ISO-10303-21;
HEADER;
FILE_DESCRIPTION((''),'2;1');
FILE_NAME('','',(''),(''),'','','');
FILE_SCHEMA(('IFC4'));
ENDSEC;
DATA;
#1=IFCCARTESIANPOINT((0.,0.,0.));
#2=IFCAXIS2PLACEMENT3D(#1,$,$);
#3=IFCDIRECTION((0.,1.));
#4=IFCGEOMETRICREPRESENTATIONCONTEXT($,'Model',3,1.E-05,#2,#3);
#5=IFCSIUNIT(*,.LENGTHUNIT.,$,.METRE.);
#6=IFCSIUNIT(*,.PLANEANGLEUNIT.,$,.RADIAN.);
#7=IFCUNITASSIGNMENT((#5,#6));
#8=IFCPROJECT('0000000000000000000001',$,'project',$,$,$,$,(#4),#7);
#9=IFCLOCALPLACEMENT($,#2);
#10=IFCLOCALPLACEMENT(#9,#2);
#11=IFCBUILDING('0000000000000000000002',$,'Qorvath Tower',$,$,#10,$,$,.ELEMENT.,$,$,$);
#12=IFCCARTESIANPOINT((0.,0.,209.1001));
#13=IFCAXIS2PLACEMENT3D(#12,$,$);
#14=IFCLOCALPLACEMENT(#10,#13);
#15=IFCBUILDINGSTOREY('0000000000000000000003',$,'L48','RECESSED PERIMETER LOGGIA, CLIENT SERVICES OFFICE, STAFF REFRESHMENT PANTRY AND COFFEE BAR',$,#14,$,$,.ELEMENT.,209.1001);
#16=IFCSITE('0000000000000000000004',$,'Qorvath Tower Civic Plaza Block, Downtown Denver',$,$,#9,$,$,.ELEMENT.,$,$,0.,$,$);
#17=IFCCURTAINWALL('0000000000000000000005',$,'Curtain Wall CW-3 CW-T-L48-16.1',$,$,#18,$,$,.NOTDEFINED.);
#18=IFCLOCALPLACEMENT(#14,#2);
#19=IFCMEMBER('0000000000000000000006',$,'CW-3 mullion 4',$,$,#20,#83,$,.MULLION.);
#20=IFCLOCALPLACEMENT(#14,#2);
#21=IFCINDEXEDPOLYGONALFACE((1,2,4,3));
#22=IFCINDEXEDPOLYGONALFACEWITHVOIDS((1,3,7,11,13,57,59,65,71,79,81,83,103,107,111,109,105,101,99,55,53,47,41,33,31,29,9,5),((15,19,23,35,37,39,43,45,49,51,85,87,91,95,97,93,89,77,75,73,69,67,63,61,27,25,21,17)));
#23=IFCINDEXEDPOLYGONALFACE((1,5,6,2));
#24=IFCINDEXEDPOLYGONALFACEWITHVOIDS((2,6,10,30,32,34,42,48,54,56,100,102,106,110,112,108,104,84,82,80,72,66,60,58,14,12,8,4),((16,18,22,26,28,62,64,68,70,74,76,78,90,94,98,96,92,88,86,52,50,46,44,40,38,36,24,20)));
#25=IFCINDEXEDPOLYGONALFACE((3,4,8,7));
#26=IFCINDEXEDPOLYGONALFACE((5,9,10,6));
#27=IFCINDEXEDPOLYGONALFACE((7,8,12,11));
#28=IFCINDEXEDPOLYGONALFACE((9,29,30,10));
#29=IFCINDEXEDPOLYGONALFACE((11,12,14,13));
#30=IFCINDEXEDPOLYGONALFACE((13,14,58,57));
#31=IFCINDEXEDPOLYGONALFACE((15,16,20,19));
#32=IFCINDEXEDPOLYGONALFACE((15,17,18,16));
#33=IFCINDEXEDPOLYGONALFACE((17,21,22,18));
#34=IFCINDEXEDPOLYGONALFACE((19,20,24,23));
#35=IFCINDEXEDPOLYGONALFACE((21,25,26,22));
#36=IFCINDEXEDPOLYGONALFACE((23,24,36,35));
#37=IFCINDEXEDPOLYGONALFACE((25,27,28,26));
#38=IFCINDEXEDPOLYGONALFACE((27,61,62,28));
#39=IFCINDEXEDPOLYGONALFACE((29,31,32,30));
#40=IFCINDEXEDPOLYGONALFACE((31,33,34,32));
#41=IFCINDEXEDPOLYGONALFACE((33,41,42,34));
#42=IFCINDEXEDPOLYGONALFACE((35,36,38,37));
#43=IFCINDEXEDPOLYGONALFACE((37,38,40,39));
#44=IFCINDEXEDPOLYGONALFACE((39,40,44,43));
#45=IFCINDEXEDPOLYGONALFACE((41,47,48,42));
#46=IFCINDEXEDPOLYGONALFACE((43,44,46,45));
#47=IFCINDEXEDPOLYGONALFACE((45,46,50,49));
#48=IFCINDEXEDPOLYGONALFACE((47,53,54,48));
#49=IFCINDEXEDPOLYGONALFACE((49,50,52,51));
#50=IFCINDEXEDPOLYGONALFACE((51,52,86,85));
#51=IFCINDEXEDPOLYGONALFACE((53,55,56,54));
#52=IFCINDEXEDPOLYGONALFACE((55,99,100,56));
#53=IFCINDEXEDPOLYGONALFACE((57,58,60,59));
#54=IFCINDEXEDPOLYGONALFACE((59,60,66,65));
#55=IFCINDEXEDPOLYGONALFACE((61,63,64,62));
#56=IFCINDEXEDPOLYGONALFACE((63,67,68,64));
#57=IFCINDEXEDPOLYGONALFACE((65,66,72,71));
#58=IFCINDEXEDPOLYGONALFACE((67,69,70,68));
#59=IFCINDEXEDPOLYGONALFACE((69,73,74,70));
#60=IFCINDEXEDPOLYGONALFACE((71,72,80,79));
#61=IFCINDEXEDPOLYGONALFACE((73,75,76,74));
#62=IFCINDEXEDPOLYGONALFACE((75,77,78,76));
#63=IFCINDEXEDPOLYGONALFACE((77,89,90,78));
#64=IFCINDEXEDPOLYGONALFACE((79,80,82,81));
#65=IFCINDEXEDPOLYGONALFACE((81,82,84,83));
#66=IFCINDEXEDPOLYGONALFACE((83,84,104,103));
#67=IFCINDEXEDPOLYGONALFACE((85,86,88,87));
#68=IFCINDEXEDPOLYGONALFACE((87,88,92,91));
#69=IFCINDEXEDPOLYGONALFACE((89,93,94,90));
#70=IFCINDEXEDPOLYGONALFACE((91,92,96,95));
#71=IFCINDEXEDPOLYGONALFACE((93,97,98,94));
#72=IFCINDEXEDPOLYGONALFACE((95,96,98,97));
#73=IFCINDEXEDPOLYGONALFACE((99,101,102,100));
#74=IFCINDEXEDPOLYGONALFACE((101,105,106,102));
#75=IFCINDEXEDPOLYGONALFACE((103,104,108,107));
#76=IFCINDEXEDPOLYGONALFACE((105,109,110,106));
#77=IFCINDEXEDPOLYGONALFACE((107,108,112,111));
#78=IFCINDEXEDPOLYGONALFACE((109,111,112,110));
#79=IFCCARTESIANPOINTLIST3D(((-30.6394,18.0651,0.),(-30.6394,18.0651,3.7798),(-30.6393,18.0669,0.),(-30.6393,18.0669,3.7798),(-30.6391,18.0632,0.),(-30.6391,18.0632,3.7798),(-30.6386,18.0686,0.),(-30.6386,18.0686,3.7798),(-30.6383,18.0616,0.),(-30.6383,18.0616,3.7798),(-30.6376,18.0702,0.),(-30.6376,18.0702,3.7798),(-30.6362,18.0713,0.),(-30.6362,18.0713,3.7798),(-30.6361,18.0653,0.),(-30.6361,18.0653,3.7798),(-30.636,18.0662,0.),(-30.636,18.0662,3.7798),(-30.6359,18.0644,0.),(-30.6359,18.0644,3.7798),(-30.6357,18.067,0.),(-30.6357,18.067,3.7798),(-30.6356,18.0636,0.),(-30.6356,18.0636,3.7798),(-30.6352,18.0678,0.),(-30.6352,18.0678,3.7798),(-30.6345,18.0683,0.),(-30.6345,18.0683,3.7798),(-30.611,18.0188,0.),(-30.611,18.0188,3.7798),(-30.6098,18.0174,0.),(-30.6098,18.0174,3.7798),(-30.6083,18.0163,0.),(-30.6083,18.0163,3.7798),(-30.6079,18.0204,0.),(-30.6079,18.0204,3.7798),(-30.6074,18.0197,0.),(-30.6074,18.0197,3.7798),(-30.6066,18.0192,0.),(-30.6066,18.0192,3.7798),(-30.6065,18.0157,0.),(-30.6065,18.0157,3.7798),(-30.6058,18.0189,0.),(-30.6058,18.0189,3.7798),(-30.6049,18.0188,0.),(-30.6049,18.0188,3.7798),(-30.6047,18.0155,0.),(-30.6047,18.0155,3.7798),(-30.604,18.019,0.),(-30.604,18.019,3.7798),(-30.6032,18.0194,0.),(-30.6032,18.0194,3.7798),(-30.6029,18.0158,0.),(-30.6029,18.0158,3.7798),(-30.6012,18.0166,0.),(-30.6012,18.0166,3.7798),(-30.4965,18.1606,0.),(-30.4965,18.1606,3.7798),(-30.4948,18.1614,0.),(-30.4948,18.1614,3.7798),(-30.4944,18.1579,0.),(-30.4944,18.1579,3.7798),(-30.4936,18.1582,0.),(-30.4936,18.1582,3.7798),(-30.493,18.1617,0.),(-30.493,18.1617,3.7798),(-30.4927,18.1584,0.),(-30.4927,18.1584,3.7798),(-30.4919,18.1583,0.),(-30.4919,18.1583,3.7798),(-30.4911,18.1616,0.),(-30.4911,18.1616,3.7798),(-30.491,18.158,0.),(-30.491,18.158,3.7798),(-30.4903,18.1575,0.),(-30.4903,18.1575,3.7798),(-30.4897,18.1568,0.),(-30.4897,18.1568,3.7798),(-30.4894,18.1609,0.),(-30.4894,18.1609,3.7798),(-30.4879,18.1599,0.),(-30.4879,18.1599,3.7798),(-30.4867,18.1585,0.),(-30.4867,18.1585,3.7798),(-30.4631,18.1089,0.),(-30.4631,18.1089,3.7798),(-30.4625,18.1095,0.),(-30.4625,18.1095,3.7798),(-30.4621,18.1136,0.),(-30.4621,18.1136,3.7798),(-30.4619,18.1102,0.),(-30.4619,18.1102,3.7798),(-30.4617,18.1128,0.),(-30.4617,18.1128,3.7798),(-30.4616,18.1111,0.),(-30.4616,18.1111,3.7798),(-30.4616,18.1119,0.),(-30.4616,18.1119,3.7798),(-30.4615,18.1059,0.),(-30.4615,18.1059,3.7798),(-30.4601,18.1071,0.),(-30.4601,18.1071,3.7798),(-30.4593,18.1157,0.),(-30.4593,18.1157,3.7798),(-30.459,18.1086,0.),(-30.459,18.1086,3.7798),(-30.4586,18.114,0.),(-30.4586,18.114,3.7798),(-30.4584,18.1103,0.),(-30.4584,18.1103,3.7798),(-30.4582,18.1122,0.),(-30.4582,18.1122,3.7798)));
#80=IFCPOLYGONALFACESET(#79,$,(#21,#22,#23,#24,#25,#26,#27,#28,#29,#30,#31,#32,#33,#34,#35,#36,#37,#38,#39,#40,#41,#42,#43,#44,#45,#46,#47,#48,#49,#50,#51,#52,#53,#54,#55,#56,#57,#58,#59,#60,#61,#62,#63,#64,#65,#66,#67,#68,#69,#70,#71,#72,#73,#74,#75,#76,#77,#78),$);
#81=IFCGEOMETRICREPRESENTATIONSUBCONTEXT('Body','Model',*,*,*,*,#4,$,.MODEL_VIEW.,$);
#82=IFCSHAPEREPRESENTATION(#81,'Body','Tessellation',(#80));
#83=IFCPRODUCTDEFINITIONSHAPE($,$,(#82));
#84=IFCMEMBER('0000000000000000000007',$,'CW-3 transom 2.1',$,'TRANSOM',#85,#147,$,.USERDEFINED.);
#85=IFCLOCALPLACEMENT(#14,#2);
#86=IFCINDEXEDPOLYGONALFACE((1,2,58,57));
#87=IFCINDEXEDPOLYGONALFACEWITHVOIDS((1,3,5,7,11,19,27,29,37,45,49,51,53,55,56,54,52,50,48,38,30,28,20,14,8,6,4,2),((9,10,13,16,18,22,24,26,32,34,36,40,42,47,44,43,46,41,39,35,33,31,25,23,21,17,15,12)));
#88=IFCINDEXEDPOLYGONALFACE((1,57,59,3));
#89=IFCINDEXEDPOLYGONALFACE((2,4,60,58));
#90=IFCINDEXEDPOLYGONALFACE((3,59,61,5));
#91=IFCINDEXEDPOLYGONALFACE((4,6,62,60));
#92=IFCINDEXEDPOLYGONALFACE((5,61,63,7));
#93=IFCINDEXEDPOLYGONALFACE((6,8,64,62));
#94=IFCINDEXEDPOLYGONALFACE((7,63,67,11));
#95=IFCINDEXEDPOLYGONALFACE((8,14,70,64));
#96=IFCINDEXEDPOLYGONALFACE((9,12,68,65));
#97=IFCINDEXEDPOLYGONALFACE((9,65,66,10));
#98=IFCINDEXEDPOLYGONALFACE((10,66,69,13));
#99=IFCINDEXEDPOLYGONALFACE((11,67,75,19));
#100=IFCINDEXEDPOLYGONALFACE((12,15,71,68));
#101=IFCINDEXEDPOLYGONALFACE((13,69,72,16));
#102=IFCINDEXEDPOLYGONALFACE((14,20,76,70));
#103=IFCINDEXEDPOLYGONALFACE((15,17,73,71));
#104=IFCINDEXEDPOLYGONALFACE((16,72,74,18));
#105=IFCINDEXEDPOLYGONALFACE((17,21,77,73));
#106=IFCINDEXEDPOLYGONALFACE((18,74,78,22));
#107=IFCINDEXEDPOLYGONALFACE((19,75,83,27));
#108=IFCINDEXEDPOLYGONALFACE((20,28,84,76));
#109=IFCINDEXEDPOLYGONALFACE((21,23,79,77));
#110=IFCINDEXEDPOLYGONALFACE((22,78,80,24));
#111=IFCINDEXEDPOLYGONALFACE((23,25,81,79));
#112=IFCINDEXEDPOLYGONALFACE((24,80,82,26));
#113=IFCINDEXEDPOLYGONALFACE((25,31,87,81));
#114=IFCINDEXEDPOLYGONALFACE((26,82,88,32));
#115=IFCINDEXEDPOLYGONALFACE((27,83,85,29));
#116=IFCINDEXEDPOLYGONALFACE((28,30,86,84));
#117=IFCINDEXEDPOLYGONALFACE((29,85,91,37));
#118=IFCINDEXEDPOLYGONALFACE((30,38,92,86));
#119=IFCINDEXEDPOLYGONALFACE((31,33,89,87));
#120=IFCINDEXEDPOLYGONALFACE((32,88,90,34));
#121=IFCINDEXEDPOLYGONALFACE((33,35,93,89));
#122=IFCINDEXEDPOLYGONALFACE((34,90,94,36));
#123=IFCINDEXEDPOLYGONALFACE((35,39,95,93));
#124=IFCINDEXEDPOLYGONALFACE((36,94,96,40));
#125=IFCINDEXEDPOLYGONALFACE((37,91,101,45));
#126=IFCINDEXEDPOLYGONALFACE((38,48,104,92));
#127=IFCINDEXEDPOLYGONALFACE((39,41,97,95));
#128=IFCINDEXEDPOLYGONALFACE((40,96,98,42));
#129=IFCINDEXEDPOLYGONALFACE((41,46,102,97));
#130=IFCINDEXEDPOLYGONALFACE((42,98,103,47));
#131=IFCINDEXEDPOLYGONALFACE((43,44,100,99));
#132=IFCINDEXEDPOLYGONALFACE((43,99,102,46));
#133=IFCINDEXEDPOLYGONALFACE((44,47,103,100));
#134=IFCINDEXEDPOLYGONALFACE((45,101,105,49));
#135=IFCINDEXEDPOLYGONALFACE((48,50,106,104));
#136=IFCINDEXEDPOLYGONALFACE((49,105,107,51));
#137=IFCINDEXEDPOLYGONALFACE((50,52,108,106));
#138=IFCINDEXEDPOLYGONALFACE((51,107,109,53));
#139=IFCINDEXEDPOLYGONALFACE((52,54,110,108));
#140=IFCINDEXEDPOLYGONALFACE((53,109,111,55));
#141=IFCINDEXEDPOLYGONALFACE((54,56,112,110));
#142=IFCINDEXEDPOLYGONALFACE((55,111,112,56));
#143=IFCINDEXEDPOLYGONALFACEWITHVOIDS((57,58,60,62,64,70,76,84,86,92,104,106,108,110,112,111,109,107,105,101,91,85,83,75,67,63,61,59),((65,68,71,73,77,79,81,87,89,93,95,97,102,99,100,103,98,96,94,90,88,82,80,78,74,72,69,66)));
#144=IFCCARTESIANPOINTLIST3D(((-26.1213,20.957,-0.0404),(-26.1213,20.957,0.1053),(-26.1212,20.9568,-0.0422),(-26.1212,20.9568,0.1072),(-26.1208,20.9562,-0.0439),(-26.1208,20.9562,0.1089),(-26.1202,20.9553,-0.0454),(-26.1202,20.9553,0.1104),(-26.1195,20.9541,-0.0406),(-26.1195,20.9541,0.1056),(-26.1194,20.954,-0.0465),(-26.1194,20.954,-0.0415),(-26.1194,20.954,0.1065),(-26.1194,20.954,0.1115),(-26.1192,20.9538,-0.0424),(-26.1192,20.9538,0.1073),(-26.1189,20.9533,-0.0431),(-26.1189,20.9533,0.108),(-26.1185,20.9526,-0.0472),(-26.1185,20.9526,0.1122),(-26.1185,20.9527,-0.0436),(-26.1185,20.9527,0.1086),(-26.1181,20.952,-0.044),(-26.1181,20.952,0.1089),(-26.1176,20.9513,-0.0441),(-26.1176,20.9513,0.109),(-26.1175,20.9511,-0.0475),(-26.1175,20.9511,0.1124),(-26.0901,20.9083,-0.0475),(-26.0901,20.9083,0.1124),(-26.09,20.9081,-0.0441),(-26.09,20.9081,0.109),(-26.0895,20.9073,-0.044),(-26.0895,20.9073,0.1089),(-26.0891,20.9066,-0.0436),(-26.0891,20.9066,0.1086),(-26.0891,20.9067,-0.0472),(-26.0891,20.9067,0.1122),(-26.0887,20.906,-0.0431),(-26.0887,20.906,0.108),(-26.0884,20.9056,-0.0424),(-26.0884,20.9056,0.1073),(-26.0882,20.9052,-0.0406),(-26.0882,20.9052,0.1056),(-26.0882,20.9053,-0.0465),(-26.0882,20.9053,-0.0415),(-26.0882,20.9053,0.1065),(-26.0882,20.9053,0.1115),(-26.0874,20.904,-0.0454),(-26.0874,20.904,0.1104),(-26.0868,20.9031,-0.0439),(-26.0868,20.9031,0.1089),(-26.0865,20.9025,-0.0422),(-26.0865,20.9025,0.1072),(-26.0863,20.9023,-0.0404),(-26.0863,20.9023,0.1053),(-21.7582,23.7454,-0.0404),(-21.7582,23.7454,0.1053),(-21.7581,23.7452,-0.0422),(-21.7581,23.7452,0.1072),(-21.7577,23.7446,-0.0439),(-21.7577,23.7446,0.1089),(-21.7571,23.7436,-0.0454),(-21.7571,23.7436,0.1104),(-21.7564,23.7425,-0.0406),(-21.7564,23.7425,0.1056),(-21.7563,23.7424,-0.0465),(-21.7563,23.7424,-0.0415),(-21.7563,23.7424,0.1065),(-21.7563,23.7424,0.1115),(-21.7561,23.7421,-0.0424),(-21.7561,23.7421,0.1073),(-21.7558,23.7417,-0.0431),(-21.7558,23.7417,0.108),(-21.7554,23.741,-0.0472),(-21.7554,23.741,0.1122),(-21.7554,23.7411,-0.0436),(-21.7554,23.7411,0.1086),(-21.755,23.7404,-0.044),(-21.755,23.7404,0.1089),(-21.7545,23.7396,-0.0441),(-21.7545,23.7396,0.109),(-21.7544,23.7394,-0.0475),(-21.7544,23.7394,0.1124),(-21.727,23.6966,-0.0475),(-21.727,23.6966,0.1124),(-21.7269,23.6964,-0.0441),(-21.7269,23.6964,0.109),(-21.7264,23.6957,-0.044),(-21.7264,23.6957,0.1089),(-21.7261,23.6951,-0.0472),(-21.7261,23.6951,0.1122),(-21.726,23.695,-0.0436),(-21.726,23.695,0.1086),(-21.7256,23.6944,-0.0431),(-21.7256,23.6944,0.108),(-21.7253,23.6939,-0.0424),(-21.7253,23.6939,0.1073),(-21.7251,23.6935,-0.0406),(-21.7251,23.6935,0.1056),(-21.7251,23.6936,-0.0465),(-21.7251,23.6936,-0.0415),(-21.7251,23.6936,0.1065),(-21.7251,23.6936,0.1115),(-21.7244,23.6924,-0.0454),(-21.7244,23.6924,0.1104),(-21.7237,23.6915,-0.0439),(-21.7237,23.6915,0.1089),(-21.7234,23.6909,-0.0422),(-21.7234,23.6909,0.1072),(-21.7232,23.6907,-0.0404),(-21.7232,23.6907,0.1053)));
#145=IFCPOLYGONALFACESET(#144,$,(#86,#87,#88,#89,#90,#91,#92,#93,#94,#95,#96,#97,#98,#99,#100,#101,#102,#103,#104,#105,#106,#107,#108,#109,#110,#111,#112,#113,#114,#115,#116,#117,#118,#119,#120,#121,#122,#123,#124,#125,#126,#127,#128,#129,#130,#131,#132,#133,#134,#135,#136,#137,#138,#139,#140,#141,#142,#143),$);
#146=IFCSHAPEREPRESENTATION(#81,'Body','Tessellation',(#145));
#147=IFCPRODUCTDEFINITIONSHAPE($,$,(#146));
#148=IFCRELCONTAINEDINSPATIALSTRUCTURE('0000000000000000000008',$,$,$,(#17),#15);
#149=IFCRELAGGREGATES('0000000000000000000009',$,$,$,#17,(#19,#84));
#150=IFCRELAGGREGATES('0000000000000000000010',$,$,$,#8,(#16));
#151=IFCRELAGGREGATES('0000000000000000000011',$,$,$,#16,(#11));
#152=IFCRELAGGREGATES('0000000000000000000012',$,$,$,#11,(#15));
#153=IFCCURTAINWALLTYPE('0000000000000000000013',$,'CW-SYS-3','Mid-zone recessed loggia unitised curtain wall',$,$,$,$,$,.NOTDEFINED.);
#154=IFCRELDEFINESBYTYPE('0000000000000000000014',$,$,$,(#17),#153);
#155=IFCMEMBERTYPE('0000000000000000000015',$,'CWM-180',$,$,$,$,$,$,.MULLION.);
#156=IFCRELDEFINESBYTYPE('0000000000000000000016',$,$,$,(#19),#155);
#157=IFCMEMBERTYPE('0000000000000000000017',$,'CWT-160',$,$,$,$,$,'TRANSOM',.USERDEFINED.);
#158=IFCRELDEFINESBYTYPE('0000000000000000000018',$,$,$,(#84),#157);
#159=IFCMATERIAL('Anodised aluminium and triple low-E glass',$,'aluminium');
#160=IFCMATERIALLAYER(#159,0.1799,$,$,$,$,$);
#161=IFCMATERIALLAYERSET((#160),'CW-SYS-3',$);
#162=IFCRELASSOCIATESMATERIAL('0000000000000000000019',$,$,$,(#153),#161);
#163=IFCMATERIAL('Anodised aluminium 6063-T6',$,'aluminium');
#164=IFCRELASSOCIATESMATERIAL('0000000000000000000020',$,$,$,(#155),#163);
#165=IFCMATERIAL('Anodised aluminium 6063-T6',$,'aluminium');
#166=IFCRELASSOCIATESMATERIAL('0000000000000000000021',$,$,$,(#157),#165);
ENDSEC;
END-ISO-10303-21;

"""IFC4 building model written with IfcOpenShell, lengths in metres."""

from ifc_helpers import new_model, si_unit, direction, frame, origin, origin_2d, place, context, subcontext, project, spatial, hollow_rectangle, extrude, material, layer, layer_set, material_profile, profile_set, type_object, element, aggregate, save


model = new_model("IFC4")

# Units and contexts
model_context = context("Model", 3, precision=1e-05, world=origin(), true_north=direction((0.0, 1.0)))
body_context = subcontext(model_context, "Body", "Model", "MODEL_VIEW")
ifc_project = project(units=[si_unit("LENGTHUNIT", "METRE"), si_unit("PLANEANGLEUNIT", "RADIAN")], contexts=[model_context])

# Site, building, storey
site_placement = place(None, origin())
site = spatial("IfcSite", under=ifc_project, at=site_placement, Name="Qorvath Tower Civic Plaza Block, Downtown Denver", CompositionType="ELEMENT", RefElevation=0.0)
building_placement = place(site_placement, origin())
building = spatial("IfcBuilding", under=site, at=building_placement, Name="Qorvath Tower", CompositionType="ELEMENT")
storey_placement = place(building_placement, frame((0.0, 0.0, 209.1001)))
storey = spatial("IfcBuildingStorey", under=building, at=storey_placement, Name="L48", Description="RECESSED PERIMETER LOGGIA, CLIENT SERVICES OFFICE, STAFF REFRESHMENT PANTRY AND COFFEE BAR", CompositionType="ELEMENT", Elevation=209.1001)

# Curtain wall, members
ifc_material_1 = material(Name="Anodised aluminium and triple low-E glass", Category="aluminium")
ifc_layer_1 = layer(ifc_material_1, 0.1799)
ifc_layer_set_1 = layer_set([ifc_layer_1], Name="CW-SYS-3")
curtain_wall_type = type_object("IfcCurtainWallType", Name="CW-SYS-3", Description="Mid-zone recessed loggia unitised curtain wall", PredefinedType="NOTDEFINED", material=ifc_layer_set_1)
curtain_wall_placement = place(storey_placement, origin())
curtain_wall = element("IfcCurtainWall", 1, at=curtain_wall_placement, inside=storey, type_object=curtain_wall_type, Name="Curtain Wall CW-3 CW-T-L48-16.1", PredefinedType="NOTDEFINED")
ifc_material_2 = material(Name="Anodised aluminium 6063-T6", Category="aluminium")
ifc_material_profile_1 = material_profile(ifc_material_2, hollow_rectangle(XDim=0.0649, YDim=0.1799, WallThickness=0.0034, InnerFilletRadius=0.0034, OuterFilletRadius=0.0071, at=origin_2d()), Name="CWM 180x65")
ifc_profile_set_1 = profile_set([ifc_material_profile_1], Name="Anodised aluminium 6063-T6")
member_type_1 = type_object("IfcMemberType", Name="CWM-180", PredefinedType="MULLION", material=ifc_profile_set_1)
member_1_placement = place(storey_placement, frame((-30.5488, 18.0886, 0.0), z_axis=(0.0, 0.0, 1.0), x_axis=(0.538532, -0.842605, 0.0)))
member_1 = element("IfcMember", 2, at=member_1_placement, type_object=member_type_1, Name="CW-3 mullion 4", PredefinedType="MULLION", context=body_context, shape_type="SweptSolid", body=[
    extrude(hollow_rectangle(XDim=0.0649, YDim=0.1799, WallThickness=0.0034, InnerFilletRadius=0.0034, OuterFilletRadius=0.0071, at=origin_2d()), origin(), (0.0, 0.0, 1.0), 3.7798),
])
ifc_material_3 = material(Name="Anodised aluminium 6063-T6", Category="aluminium")
ifc_material_profile_2 = material_profile(ifc_material_3, hollow_rectangle(XDim=0.0649, YDim=0.1599, WallThickness=0.0034, InnerFilletRadius=0.0034, OuterFilletRadius=0.0071, at=origin_2d()), Name="CWT 160x65")
ifc_profile_set_2 = profile_set([ifc_material_profile_2], Name="Anodised aluminium 6063-T6")
member_type_2 = type_object("IfcMemberType", Name="CWT-160", ElementType="TRANSOM", PredefinedType="USERDEFINED", material=ifc_profile_set_2)
member_2_placement = place(storey_placement, frame((-21.7407, 23.718, 0.0325), z_axis=(-0.842623, -0.538504, 0.0), x_axis=(0.538504, -0.842623, 0.0)))
member_2 = element("IfcMember", 3, at=member_2_placement, type_object=member_type_2, Name="CW-3 transom 2.1", ObjectType="TRANSOM", PredefinedType="USERDEFINED", context=body_context, shape_type="SweptSolid", body=[
    extrude(hollow_rectangle(XDim=0.0649, YDim=0.1599, WallThickness=0.0034, InnerFilletRadius=0.0034, OuterFilletRadius=0.0071, at=origin_2d()), origin(), (0.0, 0.0, 1.0), 5.178),
])
aggregate(curtain_wall, [member_1, member_2])

save(model, "model.ifc")
